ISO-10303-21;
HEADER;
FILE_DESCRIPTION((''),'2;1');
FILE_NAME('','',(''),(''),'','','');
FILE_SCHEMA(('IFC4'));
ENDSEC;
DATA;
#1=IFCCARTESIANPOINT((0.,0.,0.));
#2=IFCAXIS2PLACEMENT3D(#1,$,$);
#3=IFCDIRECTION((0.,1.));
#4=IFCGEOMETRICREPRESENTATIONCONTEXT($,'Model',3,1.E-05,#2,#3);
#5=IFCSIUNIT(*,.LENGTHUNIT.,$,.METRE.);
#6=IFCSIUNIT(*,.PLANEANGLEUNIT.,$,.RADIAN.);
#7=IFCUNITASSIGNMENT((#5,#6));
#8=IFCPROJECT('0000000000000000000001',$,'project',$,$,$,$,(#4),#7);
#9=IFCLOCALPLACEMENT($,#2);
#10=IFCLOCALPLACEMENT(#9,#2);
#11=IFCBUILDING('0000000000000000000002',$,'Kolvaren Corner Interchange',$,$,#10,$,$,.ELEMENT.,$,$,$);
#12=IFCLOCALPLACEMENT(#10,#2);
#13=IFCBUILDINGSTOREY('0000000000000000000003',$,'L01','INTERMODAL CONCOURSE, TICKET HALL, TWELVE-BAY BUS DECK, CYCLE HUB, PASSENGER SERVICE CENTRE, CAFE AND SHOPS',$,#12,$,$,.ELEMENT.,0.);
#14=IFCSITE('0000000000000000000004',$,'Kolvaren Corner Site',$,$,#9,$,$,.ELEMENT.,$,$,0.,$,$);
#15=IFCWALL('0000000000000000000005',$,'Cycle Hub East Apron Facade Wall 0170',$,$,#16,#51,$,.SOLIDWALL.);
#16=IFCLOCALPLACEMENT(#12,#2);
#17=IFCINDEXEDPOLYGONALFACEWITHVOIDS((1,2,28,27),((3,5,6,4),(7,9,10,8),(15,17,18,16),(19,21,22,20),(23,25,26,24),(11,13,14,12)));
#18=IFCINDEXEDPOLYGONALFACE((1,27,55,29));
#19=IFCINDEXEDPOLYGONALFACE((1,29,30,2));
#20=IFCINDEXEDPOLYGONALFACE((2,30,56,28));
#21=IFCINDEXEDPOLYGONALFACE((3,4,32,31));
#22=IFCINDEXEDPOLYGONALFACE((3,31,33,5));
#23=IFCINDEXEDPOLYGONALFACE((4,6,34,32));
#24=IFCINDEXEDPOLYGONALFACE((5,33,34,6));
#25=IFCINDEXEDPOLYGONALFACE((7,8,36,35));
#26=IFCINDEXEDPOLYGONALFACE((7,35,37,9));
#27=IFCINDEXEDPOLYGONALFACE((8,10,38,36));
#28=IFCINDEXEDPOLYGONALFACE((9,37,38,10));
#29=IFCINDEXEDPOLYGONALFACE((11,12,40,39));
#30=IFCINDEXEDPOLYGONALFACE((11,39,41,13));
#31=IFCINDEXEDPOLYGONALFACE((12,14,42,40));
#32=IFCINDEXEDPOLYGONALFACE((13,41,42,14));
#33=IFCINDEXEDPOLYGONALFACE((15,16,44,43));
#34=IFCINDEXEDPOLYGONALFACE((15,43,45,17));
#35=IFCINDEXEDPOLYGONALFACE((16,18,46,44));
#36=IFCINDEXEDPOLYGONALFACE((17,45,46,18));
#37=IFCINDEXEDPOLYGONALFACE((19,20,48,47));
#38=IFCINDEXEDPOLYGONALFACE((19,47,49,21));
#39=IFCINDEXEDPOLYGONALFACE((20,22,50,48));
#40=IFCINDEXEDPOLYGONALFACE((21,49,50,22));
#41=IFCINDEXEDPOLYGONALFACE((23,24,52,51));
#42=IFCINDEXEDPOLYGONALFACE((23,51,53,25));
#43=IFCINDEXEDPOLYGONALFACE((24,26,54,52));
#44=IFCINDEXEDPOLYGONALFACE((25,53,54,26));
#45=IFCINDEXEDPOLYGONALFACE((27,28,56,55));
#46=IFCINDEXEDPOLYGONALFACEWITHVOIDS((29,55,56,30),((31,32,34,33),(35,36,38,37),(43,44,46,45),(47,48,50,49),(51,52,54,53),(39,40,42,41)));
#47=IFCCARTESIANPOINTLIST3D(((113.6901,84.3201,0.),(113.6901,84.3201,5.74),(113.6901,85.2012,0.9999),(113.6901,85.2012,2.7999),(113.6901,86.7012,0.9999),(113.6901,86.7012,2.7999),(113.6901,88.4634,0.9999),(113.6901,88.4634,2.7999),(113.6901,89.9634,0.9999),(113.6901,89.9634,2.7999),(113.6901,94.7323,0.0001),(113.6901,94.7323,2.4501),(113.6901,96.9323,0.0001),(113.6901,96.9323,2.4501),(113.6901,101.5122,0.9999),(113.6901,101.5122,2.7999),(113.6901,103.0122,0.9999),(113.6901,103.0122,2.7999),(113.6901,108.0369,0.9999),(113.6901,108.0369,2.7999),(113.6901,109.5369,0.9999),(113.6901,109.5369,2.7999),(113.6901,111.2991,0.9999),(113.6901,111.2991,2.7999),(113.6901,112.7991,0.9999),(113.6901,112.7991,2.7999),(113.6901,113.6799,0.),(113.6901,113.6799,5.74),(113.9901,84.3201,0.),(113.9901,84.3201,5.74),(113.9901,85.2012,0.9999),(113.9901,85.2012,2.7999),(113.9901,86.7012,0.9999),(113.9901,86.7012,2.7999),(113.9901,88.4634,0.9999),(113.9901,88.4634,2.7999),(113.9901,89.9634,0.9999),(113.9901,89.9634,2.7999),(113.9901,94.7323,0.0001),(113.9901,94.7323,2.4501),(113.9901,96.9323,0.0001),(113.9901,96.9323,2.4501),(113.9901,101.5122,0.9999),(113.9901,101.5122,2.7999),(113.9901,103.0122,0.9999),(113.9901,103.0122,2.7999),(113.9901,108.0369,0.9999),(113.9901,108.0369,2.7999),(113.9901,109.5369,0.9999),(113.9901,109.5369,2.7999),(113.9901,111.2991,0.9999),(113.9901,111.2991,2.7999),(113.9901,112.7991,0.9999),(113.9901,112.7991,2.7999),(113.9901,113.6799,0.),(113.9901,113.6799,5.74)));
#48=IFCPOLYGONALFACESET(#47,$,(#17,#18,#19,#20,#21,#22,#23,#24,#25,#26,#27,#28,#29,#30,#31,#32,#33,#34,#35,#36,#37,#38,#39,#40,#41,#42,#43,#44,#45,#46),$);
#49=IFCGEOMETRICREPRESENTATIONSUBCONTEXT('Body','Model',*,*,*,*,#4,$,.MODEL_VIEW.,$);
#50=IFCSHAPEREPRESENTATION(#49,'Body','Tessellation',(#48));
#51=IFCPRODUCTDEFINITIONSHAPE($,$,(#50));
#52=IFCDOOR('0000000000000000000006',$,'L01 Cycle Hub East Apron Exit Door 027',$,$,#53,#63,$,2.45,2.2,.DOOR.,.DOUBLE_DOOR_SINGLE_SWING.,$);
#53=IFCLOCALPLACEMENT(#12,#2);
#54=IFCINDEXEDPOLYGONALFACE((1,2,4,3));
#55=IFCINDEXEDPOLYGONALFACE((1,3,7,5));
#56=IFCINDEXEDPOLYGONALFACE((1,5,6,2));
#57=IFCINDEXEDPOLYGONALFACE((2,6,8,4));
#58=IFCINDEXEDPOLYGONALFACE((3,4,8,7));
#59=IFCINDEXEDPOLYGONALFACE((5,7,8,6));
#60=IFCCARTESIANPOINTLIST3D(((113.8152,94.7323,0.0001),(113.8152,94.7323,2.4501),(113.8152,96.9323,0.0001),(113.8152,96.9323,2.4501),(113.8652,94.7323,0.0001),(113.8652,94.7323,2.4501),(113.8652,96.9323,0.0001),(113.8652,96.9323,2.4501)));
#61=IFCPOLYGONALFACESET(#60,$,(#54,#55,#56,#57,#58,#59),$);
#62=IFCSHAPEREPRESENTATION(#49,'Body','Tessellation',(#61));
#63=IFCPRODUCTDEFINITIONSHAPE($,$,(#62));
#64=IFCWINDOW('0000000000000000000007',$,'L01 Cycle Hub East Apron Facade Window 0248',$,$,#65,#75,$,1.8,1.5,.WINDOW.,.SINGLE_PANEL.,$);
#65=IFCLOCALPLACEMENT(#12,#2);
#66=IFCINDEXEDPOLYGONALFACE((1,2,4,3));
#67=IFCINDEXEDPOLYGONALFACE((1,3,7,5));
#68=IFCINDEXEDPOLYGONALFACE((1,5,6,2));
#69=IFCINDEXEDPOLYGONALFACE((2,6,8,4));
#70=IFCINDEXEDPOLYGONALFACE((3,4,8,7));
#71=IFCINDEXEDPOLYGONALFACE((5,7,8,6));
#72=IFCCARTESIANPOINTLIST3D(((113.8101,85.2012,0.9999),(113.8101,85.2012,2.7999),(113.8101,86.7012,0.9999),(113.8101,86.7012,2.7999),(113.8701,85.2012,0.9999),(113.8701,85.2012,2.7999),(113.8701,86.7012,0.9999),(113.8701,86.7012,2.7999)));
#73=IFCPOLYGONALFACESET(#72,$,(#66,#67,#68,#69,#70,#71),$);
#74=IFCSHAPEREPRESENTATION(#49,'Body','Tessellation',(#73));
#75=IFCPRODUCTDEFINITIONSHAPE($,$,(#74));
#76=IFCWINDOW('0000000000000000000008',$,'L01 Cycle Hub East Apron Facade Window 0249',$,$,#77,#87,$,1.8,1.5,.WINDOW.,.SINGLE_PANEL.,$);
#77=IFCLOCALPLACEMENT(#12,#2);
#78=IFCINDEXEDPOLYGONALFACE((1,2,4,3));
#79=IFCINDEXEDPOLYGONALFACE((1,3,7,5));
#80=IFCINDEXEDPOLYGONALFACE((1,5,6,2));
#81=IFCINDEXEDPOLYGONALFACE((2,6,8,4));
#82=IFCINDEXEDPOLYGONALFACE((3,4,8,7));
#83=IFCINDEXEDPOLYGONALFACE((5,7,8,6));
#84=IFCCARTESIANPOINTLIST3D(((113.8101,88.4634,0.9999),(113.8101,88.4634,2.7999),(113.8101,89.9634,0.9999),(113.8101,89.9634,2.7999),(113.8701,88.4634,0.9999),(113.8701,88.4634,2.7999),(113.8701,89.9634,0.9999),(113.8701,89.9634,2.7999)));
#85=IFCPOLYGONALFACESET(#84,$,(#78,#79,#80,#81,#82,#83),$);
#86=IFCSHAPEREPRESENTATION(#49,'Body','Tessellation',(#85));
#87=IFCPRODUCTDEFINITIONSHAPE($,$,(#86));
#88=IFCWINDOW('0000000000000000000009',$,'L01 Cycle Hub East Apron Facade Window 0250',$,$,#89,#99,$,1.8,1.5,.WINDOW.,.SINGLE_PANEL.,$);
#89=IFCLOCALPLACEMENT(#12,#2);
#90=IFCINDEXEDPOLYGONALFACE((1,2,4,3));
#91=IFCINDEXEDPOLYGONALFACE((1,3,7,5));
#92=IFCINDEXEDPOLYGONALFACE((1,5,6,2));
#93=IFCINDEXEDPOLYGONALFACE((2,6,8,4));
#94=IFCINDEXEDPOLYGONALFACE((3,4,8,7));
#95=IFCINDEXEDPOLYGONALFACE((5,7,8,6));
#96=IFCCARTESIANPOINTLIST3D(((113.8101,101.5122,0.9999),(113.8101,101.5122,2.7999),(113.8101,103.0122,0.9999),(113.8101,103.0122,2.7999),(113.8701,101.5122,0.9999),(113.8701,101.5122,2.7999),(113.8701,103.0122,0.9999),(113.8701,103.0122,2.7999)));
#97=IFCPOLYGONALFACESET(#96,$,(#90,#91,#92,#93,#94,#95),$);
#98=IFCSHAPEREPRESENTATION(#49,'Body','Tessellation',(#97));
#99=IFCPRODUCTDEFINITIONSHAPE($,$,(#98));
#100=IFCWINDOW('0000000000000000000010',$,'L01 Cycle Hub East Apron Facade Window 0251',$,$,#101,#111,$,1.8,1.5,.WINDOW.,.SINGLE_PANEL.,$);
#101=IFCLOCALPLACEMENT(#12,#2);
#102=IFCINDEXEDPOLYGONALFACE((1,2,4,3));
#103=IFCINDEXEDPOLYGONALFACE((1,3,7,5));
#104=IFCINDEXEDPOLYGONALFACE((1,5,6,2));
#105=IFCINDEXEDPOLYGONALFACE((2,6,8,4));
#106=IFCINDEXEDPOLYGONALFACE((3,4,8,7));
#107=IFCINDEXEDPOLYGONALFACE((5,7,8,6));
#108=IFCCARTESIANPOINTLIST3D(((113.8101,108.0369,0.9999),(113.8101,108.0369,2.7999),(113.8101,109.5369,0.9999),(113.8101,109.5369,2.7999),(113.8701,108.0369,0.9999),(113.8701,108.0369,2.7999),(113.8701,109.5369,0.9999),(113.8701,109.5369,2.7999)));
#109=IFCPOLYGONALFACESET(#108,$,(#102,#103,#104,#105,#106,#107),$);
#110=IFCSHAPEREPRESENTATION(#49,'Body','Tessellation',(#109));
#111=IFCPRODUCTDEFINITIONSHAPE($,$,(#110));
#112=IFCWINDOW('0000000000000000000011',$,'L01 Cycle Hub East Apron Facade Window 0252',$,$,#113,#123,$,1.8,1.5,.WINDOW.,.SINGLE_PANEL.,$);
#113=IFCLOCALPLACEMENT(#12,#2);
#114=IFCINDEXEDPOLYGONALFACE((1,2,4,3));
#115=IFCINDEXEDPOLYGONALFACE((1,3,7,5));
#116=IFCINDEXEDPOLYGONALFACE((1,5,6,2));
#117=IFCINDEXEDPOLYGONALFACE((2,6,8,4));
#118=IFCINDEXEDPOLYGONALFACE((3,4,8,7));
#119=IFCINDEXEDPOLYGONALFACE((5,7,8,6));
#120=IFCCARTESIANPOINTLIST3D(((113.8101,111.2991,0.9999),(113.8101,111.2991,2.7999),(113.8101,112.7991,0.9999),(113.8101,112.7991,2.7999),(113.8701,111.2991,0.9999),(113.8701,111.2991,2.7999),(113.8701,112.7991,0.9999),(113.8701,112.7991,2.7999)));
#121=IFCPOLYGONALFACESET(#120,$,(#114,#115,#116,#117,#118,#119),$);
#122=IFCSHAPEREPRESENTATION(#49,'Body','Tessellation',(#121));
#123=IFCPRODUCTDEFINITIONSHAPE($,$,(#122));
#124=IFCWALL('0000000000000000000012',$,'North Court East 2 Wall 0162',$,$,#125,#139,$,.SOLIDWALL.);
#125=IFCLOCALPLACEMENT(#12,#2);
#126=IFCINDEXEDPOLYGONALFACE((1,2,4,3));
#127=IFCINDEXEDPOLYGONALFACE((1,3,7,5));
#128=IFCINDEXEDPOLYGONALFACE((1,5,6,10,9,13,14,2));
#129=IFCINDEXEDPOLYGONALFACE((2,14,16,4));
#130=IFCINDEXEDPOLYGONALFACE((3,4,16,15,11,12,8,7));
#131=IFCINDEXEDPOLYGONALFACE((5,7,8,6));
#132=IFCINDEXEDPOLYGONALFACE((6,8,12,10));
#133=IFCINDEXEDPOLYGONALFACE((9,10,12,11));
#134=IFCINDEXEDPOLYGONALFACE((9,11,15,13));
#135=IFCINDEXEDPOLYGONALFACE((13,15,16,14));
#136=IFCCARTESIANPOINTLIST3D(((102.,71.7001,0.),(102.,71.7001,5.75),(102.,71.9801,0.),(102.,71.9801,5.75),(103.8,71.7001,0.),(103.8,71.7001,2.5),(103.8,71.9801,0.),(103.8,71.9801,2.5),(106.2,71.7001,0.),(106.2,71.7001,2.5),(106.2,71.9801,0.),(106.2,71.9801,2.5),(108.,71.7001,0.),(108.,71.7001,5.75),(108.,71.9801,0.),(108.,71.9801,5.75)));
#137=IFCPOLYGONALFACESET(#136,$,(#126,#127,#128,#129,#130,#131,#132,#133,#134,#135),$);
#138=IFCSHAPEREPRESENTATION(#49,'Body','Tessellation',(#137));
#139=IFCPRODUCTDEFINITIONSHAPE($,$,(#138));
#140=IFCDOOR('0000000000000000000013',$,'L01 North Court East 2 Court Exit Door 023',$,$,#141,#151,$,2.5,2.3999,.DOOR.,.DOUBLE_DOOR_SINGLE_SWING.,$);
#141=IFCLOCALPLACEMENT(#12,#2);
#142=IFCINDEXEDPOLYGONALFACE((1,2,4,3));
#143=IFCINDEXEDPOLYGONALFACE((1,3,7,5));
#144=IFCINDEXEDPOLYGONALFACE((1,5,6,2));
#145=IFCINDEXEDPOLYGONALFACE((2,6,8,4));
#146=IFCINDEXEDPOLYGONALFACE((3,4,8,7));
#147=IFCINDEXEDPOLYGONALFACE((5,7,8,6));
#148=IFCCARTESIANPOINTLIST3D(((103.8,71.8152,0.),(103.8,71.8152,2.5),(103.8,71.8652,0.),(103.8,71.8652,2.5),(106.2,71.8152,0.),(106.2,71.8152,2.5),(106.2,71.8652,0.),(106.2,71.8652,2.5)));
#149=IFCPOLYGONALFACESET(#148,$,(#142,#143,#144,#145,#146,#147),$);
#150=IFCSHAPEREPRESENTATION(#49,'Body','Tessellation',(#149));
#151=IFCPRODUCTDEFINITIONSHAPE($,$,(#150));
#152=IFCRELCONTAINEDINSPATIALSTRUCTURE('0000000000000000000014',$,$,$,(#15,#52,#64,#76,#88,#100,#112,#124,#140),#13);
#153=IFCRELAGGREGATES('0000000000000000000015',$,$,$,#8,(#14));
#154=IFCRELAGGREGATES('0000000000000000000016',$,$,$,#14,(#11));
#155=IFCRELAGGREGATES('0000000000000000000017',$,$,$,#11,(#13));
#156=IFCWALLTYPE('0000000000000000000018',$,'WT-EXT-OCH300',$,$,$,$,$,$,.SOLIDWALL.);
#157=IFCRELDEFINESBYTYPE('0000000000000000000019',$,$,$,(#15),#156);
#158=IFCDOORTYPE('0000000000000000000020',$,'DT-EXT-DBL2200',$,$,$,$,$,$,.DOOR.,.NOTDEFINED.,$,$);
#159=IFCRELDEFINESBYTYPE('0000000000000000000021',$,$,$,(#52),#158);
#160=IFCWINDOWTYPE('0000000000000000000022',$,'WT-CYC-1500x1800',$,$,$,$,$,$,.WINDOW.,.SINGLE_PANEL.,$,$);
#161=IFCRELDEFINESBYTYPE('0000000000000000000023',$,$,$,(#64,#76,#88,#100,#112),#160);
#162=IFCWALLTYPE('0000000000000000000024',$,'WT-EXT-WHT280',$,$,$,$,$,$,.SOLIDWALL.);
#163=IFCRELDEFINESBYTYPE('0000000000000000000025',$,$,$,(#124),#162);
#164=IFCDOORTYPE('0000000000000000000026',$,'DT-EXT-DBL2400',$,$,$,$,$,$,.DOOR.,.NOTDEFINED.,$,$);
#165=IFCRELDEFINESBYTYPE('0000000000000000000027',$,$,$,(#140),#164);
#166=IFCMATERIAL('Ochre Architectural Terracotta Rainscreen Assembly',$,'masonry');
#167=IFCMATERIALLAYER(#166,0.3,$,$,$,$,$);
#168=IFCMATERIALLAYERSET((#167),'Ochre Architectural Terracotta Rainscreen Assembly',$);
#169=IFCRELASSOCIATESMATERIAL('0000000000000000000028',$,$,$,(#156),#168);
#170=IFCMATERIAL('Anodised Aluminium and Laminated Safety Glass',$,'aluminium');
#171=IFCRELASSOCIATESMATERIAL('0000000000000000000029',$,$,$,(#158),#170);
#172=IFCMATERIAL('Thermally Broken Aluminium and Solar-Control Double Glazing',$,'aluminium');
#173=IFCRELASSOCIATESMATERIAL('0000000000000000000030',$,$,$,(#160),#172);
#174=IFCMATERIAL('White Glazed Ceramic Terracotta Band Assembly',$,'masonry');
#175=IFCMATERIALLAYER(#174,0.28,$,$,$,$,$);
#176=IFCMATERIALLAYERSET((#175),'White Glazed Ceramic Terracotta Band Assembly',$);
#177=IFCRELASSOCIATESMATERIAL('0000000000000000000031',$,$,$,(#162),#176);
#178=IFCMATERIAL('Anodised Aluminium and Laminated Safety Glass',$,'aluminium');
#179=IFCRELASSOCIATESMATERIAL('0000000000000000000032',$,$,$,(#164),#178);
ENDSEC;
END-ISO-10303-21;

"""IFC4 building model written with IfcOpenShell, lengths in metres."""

from ifc_helpers import new_model, si_unit, direction, frame, frame_2d, origin, place, context, subcontext, project, spatial, rectangle, extrude, material, layer, layer_set, type_object, element, fill, save


model = new_model("IFC4")

# Units and contexts
model_context = context("Model", 3, precision=1e-05, world=origin(), true_north=direction((0.0, 1.0)))
body_context = subcontext(model_context, "Body", "Model", "MODEL_VIEW")
ifc_project = project(units=[si_unit("LENGTHUNIT", "METRE"), si_unit("PLANEANGLEUNIT", "RADIAN")], contexts=[model_context])

# Site, building, storey
site_placement = place(None, origin())
site = spatial("IfcSite", under=ifc_project, at=site_placement, Name="Kolvaren Corner Site", CompositionType="ELEMENT", RefElevation=0.0)
building_placement = place(site_placement, origin())
building = spatial("IfcBuilding", under=site, at=building_placement, Name="Kolvaren Corner Interchange", CompositionType="ELEMENT")
storey_placement = place(building_placement, origin())
storey = spatial("IfcBuildingStorey", under=building, at=storey_placement, Name="L01", Description="INTERMODAL CONCOURSE, TICKET HALL, TWELVE-BAY BUS DECK, CYCLE HUB, PASSENGER SERVICE CENTRE, CAFE AND SHOPS", CompositionType="ELEMENT", Elevation=0.0)

# Wall, openings, door, windows
ifc_material_1 = material(Name="Ochre Architectural Terracotta Rainscreen Assembly", Category="masonry")
ifc_layer_1 = layer(ifc_material_1, 0.3)
ifc_layer_set_1 = layer_set([ifc_layer_1], Name="Ochre Architectural Terracotta Rainscreen Assembly")
wall_type_1 = type_object("IfcWallType", Name="WT-EXT-OCH300", PredefinedType="SOLIDWALL", material=ifc_layer_set_1)
wall_1_placement = place(storey_placement, frame((113.8401, 84.3201, 0.0), z_axis=(0.0, 0.0, 1.0), x_axis=(0.0, 1.0, 0.0)))
wall_1 = element("IfcWall", 1, at=wall_1_placement, inside=storey, type_object=wall_type_1, Name="Cycle Hub East Apron Facade Wall 0170", PredefinedType="SOLIDWALL", context=body_context, shape_type="SweptSolid", body=[
    extrude(rectangle(XDim=29.3599, YDim=0.3, at=frame_2d((14.6799, 0.0))), origin(), (0.0, 0.0, 1.0), 5.74),
])
opening_1_placement = place(wall_1_placement, frame((10.4121, 0.0, 0.0)))
opening_1 = element("IfcOpeningElement", 2, at=opening_1_placement, cuts=wall_1, PredefinedType="OPENING", context=body_context, shape_type="SweptSolid", body=[
    extrude(rectangle(XDim=2.2, YDim=2.45, at=frame_2d((1.1001, 1.2251))), frame((0.0, 0.1599, 0.0), z_axis=(0.0, -1.0, 0.0), x_axis=(1.0, 0.0, 0.0)), (0.0, 0.0, 1.0), 0.3201),
])
opening_2_placement = place(wall_1_placement, frame((0.8811, 0.0, 1.0)))
opening_2 = element("IfcOpeningElement", 3, at=opening_2_placement, cuts=wall_1, PredefinedType="OPENING", context=body_context, shape_type="SweptSolid", body=[
    extrude(rectangle(XDim=1.5, YDim=1.8, at=frame_2d((0.75, 0.8999))), frame((0.0, 0.1599, 0.0), z_axis=(0.0, -1.0, 0.0), x_axis=(1.0, 0.0, 0.0)), (0.0, 0.0, 1.0), 0.3201),
])
opening_3_placement = place(wall_1_placement, frame((4.1433, 0.0, 1.0)))
opening_3 = element("IfcOpeningElement", 4, at=opening_3_placement, cuts=wall_1, PredefinedType="OPENING", context=body_context, shape_type="SweptSolid", body=[
    extrude(rectangle(XDim=1.5, YDim=1.8, at=frame_2d((0.75, 0.8999))), frame((0.0, 0.1599, 0.0), z_axis=(0.0, -1.0, 0.0), x_axis=(1.0, 0.0, 0.0)), (0.0, 0.0, 1.0), 0.3201),
])
opening_4_placement = place(wall_1_placement, frame((17.1921, 0.0, 1.0)))
opening_4 = element("IfcOpeningElement", 5, at=opening_4_placement, cuts=wall_1, PredefinedType="OPENING", context=body_context, shape_type="SweptSolid", body=[
    extrude(rectangle(XDim=1.5, YDim=1.8, at=frame_2d((0.75, 0.8999))), frame((0.0, 0.1599, 0.0), z_axis=(0.0, -1.0, 0.0), x_axis=(1.0, 0.0, 0.0)), (0.0, 0.0, 1.0), 0.3201),
])
opening_5_placement = place(wall_1_placement, frame((23.7168, 0.0, 1.0)))
opening_5 = element("IfcOpeningElement", 6, at=opening_5_placement, cuts=wall_1, PredefinedType="OPENING", context=body_context, shape_type="SweptSolid", body=[
    extrude(rectangle(XDim=1.5, YDim=1.8, at=frame_2d((0.75, 0.8999))), frame((0.0, 0.1599, 0.0), z_axis=(0.0, -1.0, 0.0), x_axis=(1.0, 0.0, 0.0)), (0.0, 0.0, 1.0), 0.3201),
])
opening_6_placement = place(wall_1_placement, frame((26.979, 0.0, 1.0)))
opening_6 = element("IfcOpeningElement", 7, at=opening_6_placement, cuts=wall_1, PredefinedType="OPENING", context=body_context, shape_type="SweptSolid", body=[
    extrude(rectangle(XDim=1.5, YDim=1.8, at=frame_2d((0.75, 0.8999))), frame((0.0, 0.1599, 0.0), z_axis=(0.0, -1.0, 0.0), x_axis=(1.0, 0.0, 0.0)), (0.0, 0.0, 1.0), 0.3201),
])
ifc_material_2 = material(Name="Anodised Aluminium and Laminated Safety Glass", Category="aluminium")
door_type_1 = type_object("IfcDoorType", Name="DT-EXT-DBL2200", OperationType="NOTDEFINED", PredefinedType="DOOR", material=ifc_material_2)
door_1_placement = place(opening_1_placement, origin())
door_1 = element("IfcDoor", 8, at=door_1_placement, inside=storey, type_object=door_type_1, Name="L01 Cycle Hub East Apron Exit Door 027", OperationType="DOUBLE_DOOR_SINGLE_SWING", OverallHeight=2.45, OverallWidth=2.2, PredefinedType="DOOR", context=body_context, shape_type="SweptSolid", body=[
    extrude(rectangle(XDim=2.2, YDim=2.45, at=frame_2d((1.1001, 1.2251))), frame((0.0, 0.0249, 0.0), z_axis=(0.0, -1.0, 0.0), x_axis=(1.0, 0.0, 0.0)), (0.0, 0.0, 1.0), 0.05),
])
fill(opening_1, door_1)
ifc_material_3 = material(Name="Thermally Broken Aluminium and Solar-Control Double Glazing", Category="aluminium")
window_type = type_object("IfcWindowType", Name="WT-CYC-1500x1800", PartitioningType="SINGLE_PANEL", PredefinedType="WINDOW", material=ifc_material_3)
window_1_placement = place(opening_2_placement, origin())
window_1 = element("IfcWindow", 9, at=window_1_placement, inside=storey, type_object=window_type, Name="L01 Cycle Hub East Apron Facade Window 0248", OverallHeight=1.8, OverallWidth=1.5, PartitioningType="SINGLE_PANEL", PredefinedType="WINDOW", context=body_context, shape_type="SweptSolid", body=[
    extrude(rectangle(XDim=1.5, YDim=1.8, at=frame_2d((0.75, 0.8999))), frame((0.0, 0.03, 0.0), z_axis=(0.0, -1.0, 0.0), x_axis=(1.0, 0.0, 0.0)), (0.0, 0.0, 1.0), 0.0601),
])
fill(opening_2, window_1)
window_2_placement = place(opening_3_placement, origin())
window_2 = element("IfcWindow", 10, at=window_2_placement, inside=storey, type_object=window_type, Name="L01 Cycle Hub East Apron Facade Window 0249", OverallHeight=1.8, OverallWidth=1.5, PartitioningType="SINGLE_PANEL", PredefinedType="WINDOW", context=body_context, shape_type="SweptSolid", body=[
    extrude(rectangle(XDim=1.5, YDim=1.8, at=frame_2d((0.75, 0.8999))), frame((0.0, 0.03, 0.0), z_axis=(0.0, -1.0, 0.0), x_axis=(1.0, 0.0, 0.0)), (0.0, 0.0, 1.0), 0.0601),
])
fill(opening_3, window_2)
window_3_placement = place(opening_4_placement, origin())
window_3 = element("IfcWindow", 11, at=window_3_placement, inside=storey, type_object=window_type, Name="L01 Cycle Hub East Apron Facade Window 0250", OverallHeight=1.8, OverallWidth=1.5, PartitioningType="SINGLE_PANEL", PredefinedType="WINDOW", context=body_context, shape_type="SweptSolid", body=[
    extrude(rectangle(XDim=1.5, YDim=1.8, at=frame_2d((0.75, 0.8999))), frame((0.0, 0.03, 0.0), z_axis=(0.0, -1.0, 0.0), x_axis=(1.0, 0.0, 0.0)), (0.0, 0.0, 1.0), 0.0601),
])
fill(opening_4, window_3)
window_4_placement = place(opening_5_placement, origin())
window_4 = element("IfcWindow", 12, at=window_4_placement, inside=storey, type_object=window_type, Name="L01 Cycle Hub East Apron Facade Window 0251", OverallHeight=1.8, OverallWidth=1.5, PartitioningType="SINGLE_PANEL", PredefinedType="WINDOW", context=body_context, shape_type="SweptSolid", body=[
    extrude(rectangle(XDim=1.5, YDim=1.8, at=frame_2d((0.75, 0.8999))), frame((0.0, 0.03, 0.0), z_axis=(0.0, -1.0, 0.0), x_axis=(1.0, 0.0, 0.0)), (0.0, 0.0, 1.0), 0.0601),
])
fill(opening_5, window_4)
window_5_placement = place(opening_6_placement, origin())
window_5 = element("IfcWindow", 13, at=window_5_placement, inside=storey, type_object=window_type, Name="L01 Cycle Hub East Apron Facade Window 0252", OverallHeight=1.8, OverallWidth=1.5, PartitioningType="SINGLE_PANEL", PredefinedType="WINDOW", context=body_context, shape_type="SweptSolid", body=[
    extrude(rectangle(XDim=1.5, YDim=1.8, at=frame_2d((0.75, 0.8999))), frame((0.0, 0.03, 0.0), z_axis=(0.0, -1.0, 0.0), x_axis=(1.0, 0.0, 0.0)), (0.0, 0.0, 1.0), 0.0601),
])
fill(opening_6, window_5)

# Wall, opening, door
ifc_material_4 = material(Name="White Glazed Ceramic Terracotta Band Assembly", Category="masonry")
ifc_layer_2 = layer(ifc_material_4, 0.28)
ifc_layer_set_2 = layer_set([ifc_layer_2], Name="White Glazed Ceramic Terracotta Band Assembly")
wall_type_2 = type_object("IfcWallType", Name="WT-EXT-WHT280", PredefinedType="SOLIDWALL", material=ifc_layer_set_2)
wall_2_placement = place(storey_placement, frame((108.0, 71.8401, 0.0), z_axis=(0.0, 0.0, 1.0), x_axis=(-1.0, 0.0, 0.0)))
wall_2 = element("IfcWall", 14, at=wall_2_placement, inside=storey, type_object=wall_type_2, Name="North Court East 2 Wall 0162", PredefinedType="SOLIDWALL", context=body_context, shape_type="SweptSolid", body=[
    extrude(rectangle(XDim=6.0, YDim=0.28, at=frame_2d((3.0, 0.0))), origin(), (0.0, 0.0, 1.0), 5.75),
])
opening_7_placement = place(wall_2_placement, frame((1.8, 0.0, 0.0)))
opening_7 = element("IfcOpeningElement", 15, at=opening_7_placement, cuts=wall_2, PredefinedType="OPENING", context=body_context, shape_type="SweptSolid", body=[
    extrude(rectangle(XDim=2.3999, YDim=2.5, at=frame_2d((1.2, 1.25))), frame((0.0, 0.1499, 0.0), z_axis=(0.0, -1.0, 0.0), x_axis=(1.0, 0.0, 0.0)), (0.0, 0.0, 1.0), 0.3),
])
ifc_material_5 = material(Name="Anodised Aluminium and Laminated Safety Glass", Category="aluminium")
door_type_2 = type_object("IfcDoorType", Name="DT-EXT-DBL2400", OperationType="NOTDEFINED", PredefinedType="DOOR", material=ifc_material_5)
door_2_placement = place(opening_7_placement, origin())
door_2 = element("IfcDoor", 16, at=door_2_placement, inside=storey, type_object=door_type_2, Name="L01 North Court East 2 Court Exit Door 023", OperationType="DOUBLE_DOOR_SINGLE_SWING", OverallHeight=2.5, OverallWidth=2.3999, PredefinedType="DOOR", context=body_context, shape_type="SweptSolid", body=[
    extrude(rectangle(XDim=2.3999, YDim=2.5, at=frame_2d((1.2, 1.25))), frame((0.0, 0.0249, 0.0), z_axis=(0.0, -1.0, 0.0), x_axis=(1.0, 0.0, 0.0)), (0.0, 0.0, 1.0), 0.05),
])
fill(opening_7, door_2)

save(model, "model.ifc")
